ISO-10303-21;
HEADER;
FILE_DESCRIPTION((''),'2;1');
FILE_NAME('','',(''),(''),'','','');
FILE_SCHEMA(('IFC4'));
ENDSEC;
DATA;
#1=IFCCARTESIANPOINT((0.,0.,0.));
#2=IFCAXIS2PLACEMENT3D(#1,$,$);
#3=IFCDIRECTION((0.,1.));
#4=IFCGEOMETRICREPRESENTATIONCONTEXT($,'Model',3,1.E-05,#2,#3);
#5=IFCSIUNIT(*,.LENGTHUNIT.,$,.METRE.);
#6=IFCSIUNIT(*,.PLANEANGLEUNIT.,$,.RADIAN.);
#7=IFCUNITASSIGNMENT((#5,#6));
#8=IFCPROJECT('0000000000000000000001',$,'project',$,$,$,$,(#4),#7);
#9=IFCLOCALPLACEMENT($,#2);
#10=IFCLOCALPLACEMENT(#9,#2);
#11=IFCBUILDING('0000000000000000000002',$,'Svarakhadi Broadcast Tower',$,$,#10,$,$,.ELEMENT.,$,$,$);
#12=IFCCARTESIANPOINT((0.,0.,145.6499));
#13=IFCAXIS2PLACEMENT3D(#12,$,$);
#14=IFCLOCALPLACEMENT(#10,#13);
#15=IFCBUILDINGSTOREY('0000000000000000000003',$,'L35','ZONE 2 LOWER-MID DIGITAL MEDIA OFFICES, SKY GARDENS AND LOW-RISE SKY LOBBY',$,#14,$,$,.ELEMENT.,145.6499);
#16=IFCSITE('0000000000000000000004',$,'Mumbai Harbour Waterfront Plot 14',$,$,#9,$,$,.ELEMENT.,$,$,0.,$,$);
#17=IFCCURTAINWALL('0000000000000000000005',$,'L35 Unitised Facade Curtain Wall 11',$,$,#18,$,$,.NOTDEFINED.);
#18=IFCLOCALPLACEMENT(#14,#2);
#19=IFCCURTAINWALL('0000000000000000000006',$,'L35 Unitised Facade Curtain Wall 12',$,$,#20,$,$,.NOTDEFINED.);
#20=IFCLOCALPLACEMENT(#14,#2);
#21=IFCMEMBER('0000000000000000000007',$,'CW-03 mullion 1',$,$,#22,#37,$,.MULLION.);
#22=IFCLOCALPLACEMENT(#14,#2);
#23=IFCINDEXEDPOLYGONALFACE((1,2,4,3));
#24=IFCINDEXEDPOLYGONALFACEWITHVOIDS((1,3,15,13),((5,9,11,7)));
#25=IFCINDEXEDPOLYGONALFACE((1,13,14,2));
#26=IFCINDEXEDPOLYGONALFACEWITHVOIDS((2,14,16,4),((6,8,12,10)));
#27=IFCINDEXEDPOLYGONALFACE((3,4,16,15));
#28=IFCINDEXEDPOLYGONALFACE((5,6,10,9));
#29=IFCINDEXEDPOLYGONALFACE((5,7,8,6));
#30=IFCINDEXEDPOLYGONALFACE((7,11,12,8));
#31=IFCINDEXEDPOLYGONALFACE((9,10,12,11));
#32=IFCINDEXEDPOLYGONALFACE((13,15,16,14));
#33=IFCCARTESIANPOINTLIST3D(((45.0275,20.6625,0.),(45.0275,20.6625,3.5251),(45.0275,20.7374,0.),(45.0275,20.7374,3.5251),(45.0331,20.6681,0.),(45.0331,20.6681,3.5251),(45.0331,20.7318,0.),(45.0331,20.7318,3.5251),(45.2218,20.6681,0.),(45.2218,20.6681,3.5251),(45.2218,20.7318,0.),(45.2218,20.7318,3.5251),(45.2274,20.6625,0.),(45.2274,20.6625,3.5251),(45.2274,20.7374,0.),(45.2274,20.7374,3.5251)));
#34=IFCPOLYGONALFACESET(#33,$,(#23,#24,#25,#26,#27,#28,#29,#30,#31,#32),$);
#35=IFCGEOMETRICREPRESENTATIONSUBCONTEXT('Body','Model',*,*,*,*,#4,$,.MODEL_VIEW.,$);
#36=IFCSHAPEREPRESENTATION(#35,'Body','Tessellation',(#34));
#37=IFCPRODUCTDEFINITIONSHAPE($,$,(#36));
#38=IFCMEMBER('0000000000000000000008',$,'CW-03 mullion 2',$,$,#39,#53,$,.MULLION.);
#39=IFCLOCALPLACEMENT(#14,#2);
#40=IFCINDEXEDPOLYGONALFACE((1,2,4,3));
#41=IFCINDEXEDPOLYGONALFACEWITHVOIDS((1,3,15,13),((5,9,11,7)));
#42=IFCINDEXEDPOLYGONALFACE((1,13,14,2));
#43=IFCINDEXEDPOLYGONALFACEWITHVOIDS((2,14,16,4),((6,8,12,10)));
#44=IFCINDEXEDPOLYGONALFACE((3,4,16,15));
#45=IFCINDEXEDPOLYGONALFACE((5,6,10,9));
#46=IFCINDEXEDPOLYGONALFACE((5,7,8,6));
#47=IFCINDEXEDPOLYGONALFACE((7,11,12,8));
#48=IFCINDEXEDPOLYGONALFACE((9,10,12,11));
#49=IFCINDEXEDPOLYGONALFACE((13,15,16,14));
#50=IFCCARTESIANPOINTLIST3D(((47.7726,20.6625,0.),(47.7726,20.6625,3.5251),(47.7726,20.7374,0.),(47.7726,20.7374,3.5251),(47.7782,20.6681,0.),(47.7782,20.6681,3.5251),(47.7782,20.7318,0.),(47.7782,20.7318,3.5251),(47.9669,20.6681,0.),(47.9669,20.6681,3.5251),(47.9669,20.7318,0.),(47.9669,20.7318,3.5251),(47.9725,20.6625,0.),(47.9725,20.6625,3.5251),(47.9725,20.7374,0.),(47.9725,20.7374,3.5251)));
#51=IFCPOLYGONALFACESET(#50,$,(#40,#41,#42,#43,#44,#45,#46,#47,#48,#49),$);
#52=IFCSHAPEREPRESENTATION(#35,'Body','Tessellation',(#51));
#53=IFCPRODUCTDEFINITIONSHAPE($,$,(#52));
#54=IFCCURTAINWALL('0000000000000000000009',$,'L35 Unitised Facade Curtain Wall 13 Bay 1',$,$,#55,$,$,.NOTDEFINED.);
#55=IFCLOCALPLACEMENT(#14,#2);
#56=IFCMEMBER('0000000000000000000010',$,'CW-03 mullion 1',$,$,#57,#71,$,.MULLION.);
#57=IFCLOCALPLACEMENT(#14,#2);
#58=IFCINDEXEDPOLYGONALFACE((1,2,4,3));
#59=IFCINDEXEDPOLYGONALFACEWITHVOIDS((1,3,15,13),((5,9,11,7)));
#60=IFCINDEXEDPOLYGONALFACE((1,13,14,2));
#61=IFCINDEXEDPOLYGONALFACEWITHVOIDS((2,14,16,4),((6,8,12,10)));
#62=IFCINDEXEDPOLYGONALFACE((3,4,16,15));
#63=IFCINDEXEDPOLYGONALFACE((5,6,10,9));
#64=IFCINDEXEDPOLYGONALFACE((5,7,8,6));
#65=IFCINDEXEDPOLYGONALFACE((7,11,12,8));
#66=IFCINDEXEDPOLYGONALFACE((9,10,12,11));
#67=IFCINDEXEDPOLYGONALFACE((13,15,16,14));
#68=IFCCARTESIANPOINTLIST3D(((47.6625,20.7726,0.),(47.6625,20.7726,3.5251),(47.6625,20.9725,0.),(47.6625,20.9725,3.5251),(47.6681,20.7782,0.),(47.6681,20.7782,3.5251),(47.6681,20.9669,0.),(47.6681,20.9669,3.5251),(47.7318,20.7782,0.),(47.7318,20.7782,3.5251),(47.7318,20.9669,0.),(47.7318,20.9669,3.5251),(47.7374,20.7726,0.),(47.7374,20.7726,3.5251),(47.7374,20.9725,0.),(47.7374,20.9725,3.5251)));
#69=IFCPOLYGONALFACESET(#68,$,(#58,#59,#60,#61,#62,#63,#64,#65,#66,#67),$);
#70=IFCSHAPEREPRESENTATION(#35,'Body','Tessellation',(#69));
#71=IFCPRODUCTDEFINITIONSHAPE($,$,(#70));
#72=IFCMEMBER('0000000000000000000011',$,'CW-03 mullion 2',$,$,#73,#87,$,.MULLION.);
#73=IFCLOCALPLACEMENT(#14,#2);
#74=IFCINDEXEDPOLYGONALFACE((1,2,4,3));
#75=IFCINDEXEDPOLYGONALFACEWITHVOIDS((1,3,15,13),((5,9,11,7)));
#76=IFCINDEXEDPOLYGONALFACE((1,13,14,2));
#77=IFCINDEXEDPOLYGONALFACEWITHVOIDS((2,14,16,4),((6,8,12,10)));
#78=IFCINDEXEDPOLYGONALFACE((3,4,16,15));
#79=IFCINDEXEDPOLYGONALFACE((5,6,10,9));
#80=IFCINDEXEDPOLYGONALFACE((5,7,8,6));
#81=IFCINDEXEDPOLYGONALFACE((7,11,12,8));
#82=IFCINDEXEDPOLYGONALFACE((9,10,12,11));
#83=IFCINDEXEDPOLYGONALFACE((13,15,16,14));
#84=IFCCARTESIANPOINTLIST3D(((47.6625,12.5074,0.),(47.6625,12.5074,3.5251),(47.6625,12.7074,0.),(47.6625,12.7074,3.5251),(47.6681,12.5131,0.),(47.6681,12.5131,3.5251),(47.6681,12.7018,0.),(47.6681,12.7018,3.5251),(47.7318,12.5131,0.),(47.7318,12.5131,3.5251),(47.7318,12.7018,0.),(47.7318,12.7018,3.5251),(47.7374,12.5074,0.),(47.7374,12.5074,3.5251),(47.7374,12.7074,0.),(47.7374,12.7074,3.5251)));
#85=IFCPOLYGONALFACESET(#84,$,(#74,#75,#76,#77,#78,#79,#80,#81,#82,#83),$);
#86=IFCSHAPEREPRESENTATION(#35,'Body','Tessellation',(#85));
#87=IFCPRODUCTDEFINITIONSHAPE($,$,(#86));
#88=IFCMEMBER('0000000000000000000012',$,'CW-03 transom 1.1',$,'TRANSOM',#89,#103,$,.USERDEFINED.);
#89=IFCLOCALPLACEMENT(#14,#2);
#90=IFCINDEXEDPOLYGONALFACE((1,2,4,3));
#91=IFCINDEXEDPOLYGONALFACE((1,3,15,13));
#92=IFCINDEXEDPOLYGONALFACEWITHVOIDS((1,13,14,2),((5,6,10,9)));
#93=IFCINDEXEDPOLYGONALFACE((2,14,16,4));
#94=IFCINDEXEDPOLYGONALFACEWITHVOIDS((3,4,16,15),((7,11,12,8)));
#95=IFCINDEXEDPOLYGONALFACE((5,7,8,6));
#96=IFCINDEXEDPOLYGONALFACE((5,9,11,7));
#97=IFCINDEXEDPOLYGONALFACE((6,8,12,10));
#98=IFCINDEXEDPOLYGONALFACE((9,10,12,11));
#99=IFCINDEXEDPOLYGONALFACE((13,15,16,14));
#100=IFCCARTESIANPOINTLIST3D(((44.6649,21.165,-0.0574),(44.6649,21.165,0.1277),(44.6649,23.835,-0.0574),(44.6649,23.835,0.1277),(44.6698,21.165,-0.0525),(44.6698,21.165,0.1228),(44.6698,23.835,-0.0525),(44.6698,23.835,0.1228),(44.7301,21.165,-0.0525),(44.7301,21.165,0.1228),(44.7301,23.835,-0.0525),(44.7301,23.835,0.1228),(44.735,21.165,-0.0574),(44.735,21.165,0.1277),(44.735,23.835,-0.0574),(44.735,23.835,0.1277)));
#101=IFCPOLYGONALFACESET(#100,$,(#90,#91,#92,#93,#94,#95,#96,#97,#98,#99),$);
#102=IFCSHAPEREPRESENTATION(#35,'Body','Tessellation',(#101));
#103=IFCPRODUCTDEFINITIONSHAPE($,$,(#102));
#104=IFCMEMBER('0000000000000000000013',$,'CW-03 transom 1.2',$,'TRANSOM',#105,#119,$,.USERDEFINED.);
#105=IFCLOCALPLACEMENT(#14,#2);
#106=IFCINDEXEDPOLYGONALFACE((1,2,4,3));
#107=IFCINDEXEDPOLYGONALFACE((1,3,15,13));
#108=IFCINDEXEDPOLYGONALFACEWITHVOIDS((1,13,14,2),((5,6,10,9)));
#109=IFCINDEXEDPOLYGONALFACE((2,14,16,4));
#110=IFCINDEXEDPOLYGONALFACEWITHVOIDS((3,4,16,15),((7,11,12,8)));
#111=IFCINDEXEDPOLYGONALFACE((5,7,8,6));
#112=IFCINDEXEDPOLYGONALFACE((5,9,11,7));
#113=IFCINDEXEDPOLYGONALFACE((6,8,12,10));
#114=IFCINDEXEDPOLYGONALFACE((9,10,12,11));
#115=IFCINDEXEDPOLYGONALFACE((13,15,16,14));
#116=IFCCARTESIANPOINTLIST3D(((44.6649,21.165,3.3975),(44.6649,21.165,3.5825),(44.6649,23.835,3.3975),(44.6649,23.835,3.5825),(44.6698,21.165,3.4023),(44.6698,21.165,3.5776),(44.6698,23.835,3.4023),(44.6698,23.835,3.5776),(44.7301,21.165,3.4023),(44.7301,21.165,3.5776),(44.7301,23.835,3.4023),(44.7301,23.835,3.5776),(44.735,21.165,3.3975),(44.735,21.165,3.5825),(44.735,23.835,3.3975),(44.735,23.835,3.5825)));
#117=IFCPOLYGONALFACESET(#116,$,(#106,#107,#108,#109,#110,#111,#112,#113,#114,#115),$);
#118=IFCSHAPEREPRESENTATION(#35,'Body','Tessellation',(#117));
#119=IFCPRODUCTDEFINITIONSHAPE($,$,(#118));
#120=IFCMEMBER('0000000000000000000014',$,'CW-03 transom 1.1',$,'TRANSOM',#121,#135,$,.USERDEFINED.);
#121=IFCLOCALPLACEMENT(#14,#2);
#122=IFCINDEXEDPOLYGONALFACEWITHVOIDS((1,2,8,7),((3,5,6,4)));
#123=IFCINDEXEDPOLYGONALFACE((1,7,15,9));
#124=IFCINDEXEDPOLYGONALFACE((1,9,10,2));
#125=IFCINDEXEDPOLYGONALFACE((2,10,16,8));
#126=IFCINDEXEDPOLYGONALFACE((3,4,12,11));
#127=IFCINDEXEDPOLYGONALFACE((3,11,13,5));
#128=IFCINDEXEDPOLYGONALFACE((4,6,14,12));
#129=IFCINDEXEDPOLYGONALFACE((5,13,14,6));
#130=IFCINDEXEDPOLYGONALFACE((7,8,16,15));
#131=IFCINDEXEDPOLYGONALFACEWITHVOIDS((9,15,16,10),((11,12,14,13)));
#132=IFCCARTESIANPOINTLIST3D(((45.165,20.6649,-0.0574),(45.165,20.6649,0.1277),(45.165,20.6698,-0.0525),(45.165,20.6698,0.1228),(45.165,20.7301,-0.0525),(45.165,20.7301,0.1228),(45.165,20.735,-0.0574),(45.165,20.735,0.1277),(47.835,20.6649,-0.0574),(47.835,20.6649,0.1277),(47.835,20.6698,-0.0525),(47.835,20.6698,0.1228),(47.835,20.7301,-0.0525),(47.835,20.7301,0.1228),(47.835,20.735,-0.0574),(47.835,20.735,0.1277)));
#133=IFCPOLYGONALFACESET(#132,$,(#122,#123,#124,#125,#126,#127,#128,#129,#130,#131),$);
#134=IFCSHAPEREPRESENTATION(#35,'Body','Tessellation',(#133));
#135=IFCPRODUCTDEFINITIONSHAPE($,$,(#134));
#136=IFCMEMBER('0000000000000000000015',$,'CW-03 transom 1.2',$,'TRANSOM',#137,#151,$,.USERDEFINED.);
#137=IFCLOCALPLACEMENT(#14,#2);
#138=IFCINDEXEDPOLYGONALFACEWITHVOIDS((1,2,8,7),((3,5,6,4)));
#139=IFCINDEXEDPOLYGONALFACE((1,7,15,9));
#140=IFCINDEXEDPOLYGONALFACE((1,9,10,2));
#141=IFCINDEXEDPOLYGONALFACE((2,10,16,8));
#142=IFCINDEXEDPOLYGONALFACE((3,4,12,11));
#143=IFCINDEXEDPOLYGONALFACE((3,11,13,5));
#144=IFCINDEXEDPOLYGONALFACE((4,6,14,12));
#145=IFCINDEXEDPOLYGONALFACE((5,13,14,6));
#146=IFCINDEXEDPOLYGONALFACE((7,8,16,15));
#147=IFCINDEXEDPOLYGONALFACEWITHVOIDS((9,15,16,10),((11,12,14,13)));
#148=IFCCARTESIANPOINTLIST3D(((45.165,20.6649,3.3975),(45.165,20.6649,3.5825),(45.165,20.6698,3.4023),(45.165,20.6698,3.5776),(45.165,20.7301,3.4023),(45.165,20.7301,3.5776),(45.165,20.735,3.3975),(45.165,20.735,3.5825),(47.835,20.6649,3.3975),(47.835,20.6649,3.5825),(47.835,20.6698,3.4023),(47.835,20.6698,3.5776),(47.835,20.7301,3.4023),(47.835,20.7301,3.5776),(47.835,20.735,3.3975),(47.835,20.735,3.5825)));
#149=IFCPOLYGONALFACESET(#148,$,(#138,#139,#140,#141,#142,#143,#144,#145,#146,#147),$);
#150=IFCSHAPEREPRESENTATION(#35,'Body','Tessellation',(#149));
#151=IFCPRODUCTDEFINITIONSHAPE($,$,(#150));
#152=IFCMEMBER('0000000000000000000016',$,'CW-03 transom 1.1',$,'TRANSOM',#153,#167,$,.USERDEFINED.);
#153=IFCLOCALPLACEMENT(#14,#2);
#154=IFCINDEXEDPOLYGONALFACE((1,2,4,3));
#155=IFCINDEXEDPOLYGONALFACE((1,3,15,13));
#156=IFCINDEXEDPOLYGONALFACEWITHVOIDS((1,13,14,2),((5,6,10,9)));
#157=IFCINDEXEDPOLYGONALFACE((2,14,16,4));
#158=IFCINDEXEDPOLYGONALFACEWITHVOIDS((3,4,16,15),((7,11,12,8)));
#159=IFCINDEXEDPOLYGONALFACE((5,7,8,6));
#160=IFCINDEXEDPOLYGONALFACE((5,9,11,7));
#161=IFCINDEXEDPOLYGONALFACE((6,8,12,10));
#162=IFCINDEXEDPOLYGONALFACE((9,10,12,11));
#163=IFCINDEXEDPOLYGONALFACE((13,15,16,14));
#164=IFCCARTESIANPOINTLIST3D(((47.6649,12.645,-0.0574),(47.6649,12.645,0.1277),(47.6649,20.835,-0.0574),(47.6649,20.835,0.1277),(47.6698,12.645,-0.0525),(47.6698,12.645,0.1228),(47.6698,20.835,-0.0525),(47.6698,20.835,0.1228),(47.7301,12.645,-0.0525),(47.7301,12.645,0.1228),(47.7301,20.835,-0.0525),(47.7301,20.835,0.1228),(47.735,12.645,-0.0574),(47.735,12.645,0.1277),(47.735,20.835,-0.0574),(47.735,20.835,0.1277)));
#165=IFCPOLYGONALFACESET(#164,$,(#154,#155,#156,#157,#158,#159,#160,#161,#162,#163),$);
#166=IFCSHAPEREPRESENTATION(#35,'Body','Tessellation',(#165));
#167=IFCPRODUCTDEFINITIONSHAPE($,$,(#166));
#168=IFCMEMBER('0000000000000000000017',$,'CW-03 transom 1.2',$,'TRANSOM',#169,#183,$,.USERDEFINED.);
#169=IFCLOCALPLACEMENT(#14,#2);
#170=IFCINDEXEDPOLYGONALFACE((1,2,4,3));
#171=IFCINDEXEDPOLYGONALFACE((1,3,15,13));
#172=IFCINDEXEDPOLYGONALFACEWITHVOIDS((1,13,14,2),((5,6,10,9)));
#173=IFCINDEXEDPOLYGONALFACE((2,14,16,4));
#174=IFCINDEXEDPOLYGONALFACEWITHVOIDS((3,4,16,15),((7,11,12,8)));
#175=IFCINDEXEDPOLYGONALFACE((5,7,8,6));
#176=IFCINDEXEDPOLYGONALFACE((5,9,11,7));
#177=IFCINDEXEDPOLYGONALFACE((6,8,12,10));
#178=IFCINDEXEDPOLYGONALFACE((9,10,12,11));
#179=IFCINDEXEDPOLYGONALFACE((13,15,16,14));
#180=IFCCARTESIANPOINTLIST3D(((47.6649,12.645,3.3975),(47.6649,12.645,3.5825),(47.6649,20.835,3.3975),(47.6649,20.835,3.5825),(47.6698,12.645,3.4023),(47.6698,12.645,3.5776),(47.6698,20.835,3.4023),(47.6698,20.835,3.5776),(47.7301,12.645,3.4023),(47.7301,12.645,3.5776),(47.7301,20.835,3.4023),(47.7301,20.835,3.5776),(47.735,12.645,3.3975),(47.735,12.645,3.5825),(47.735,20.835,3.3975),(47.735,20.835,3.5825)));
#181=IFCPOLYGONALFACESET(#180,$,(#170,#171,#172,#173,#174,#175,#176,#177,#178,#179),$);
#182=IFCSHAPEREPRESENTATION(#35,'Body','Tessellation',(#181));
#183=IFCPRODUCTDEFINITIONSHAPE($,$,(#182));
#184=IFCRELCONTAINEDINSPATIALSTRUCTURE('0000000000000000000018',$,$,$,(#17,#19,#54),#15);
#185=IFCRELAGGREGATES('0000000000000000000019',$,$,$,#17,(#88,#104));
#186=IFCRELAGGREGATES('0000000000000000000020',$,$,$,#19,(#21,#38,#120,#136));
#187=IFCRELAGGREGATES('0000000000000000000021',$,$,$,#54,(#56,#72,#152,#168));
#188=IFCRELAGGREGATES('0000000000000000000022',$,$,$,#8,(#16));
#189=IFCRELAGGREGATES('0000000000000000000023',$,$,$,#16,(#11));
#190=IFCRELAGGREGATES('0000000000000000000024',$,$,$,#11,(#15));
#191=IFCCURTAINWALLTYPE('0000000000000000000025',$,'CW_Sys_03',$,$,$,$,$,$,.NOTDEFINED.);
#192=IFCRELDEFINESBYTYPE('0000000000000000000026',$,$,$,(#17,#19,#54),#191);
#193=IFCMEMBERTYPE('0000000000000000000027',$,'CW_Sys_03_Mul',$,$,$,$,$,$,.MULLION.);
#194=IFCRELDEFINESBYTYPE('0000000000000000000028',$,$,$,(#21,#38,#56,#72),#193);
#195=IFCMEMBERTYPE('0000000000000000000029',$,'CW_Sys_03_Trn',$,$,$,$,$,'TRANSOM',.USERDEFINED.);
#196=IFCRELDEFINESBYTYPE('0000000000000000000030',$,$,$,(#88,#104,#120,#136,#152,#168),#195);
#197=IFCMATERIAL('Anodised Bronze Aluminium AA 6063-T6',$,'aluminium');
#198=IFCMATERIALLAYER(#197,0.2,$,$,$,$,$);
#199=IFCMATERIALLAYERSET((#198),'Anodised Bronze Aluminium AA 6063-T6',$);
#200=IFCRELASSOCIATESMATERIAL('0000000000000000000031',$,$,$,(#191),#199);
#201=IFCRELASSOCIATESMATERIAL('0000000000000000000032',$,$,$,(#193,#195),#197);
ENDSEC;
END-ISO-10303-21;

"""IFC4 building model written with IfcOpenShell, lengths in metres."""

from ifc_helpers import new_model, si_unit, direction, frame, origin, origin_2d, place, context, subcontext, project, spatial, hollow_rectangle, extrude, material, layer, layer_set, material_profile, profile_set, type_object, element, aggregate, save


model = new_model("IFC4")

# Units and contexts
model_context = context("Model", 3, precision=1e-05, world=origin(), true_north=direction((0.0, 1.0)))
body_context = subcontext(model_context, "Body", "Model", "MODEL_VIEW")
ifc_project = project(units=[si_unit("LENGTHUNIT", "METRE"), si_unit("PLANEANGLEUNIT", "RADIAN")], contexts=[model_context])

# Site, building, storey
site_placement = place(None, origin())
site = spatial("IfcSite", under=ifc_project, at=site_placement, Name="Mumbai Harbour Waterfront Plot 14", CompositionType="ELEMENT", RefElevation=0.0)
building_placement = place(site_placement, origin())
building = spatial("IfcBuilding", under=site, at=building_placement, Name="Svarakhadi Broadcast Tower", CompositionType="ELEMENT")
storey_placement = place(building_placement, frame((0.0, 0.0, 145.6499)))
storey = spatial("IfcBuildingStorey", under=building, at=storey_placement, Name="L35", Description="ZONE 2 LOWER-MID DIGITAL MEDIA OFFICES, SKY GARDENS AND LOW-RISE SKY LOBBY", CompositionType="ELEMENT", Elevation=145.6499)

# Shared definitions
ifc_material_1 = material(Name="Anodised Bronze Aluminium AA 6063-T6", Category="aluminium")
ifc_layer_1 = layer(ifc_material_1, 0.2)
ifc_layer_set_1 = layer_set([ifc_layer_1], Name="Anodised Bronze Aluminium AA 6063-T6")
curtain_wall_type = type_object("IfcCurtainWallType", Name="CW_Sys_03", PredefinedType="NOTDEFINED", material=ifc_layer_set_1)
ifc_material_profile_1 = material_profile(ifc_material_1, hollow_rectangle(XDim=0.075, YDim=0.2, WallThickness=0.0056, at=origin_2d()), Name="ALU MULLION 200x75x6")
ifc_profile_set_1 = profile_set([ifc_material_profile_1], Name="Anodised Bronze Aluminium AA 6063-T6")
member_type_1 = type_object("IfcMemberType", Name="CW_Sys_03_Mul", PredefinedType="MULLION", material=ifc_profile_set_1)

# Curtain walls, members
curtain_wall_1_placement = place(storey_placement, origin())
curtain_wall_1 = element("IfcCurtainWall", 1, at=curtain_wall_1_placement, inside=storey, type_object=curtain_wall_type, Name="L35 Unitised Facade Curtain Wall 11", PredefinedType="NOTDEFINED")
curtain_wall_2_placement = place(storey_placement, origin())
curtain_wall_2 = element("IfcCurtainWall", 2, at=curtain_wall_2_placement, inside=storey, type_object=curtain_wall_type, Name="L35 Unitised Facade Curtain Wall 12", PredefinedType="NOTDEFINED")
member_1_placement = place(storey_placement, frame((45.1274, 20.7, 0.0), z_axis=(0.0, 0.0, 1.0), x_axis=(0.0, 1.0, 0.0)))
member_1 = element("IfcMember", 3, at=member_1_placement, type_object=member_type_1, Name="CW-03 mullion 1", PredefinedType="MULLION", context=body_context, shape_type="SweptSolid", body=[
    extrude(hollow_rectangle(XDim=0.075, YDim=0.2, WallThickness=0.0056, at=origin_2d()), origin(), (0.0, 0.0, 1.0), 3.5251),
])
member_2_placement = place(storey_placement, frame((47.8726, 20.7, 0.0), z_axis=(0.0, 0.0, 1.0), x_axis=(0.0, 1.0, 0.0)))
member_2 = element("IfcMember", 4, at=member_2_placement, type_object=member_type_1, Name="CW-03 mullion 2", PredefinedType="MULLION", context=body_context, shape_type="SweptSolid", body=[
    extrude(hollow_rectangle(XDim=0.075, YDim=0.2, WallThickness=0.0056, at=origin_2d()), origin(), (0.0, 0.0, 1.0), 3.5251),
])
curtain_wall_3_placement = place(storey_placement, origin())
curtain_wall_3 = element("IfcCurtainWall", 5, at=curtain_wall_3_placement, inside=storey, type_object=curtain_wall_type, Name="L35 Unitised Facade Curtain Wall 13 Bay 1", PredefinedType="NOTDEFINED")
member_3_placement = place(storey_placement, frame((47.7, 20.8726, 0.0), z_axis=(0.0, 0.0, 1.0), x_axis=(1.0, 0.0, 0.0)))
member_3 = element("IfcMember", 6, at=member_3_placement, type_object=member_type_1, Name="CW-03 mullion 1", PredefinedType="MULLION", context=body_context, shape_type="SweptSolid", body=[
    extrude(hollow_rectangle(XDim=0.075, YDim=0.2, WallThickness=0.0056, at=origin_2d()), origin(), (0.0, 0.0, 1.0), 3.5251),
])
member_4_placement = place(storey_placement, frame((47.7, 12.6074, 0.0), z_axis=(0.0, 0.0, 1.0), x_axis=(1.0, 0.0, 0.0)))
member_4 = element("IfcMember", 7, at=member_4_placement, type_object=member_type_1, Name="CW-03 mullion 2", PredefinedType="MULLION", context=body_context, shape_type="SweptSolid", body=[
    extrude(hollow_rectangle(XDim=0.075, YDim=0.2, WallThickness=0.0056, at=origin_2d()), origin(), (0.0, 0.0, 1.0), 3.5251),
])

# Members
ifc_material_profile_2 = material_profile(ifc_material_1, hollow_rectangle(XDim=0.0701, YDim=0.1851, WallThickness=0.0049, at=origin_2d()), Name="ALU TRANSOM 185x70x5")
ifc_profile_set_2 = profile_set([ifc_material_profile_2], Name="Anodised Bronze Aluminium AA 6063-T6")
member_type_2 = type_object("IfcMemberType", Name="CW_Sys_03_Trn", ElementType="TRANSOM", PredefinedType="USERDEFINED", material=ifc_profile_set_2)
member_5_placement = place(storey_placement, frame((44.7, 23.835, 0.0352), z_axis=(0.0, -1.0, 0.0), x_axis=(1.0, 0.0, 0.0)))
member_5 = element("IfcMember", 8, at=member_5_placement, type_object=member_type_2, Name="CW-03 transom 1.1", ObjectType="TRANSOM", PredefinedType="USERDEFINED", context=body_context, shape_type="SweptSolid", body=[
    extrude(hollow_rectangle(XDim=0.0701, YDim=0.1851, WallThickness=0.0049, at=origin_2d()), origin(), (0.0, 0.0, 1.0), 2.6699),
])
member_6_placement = place(storey_placement, frame((44.7, 23.835, 3.49), z_axis=(0.0, -1.0, 0.0), x_axis=(1.0, 0.0, 0.0)))
member_6 = element("IfcMember", 9, at=member_6_placement, type_object=member_type_2, Name="CW-03 transom 1.2", ObjectType="TRANSOM", PredefinedType="USERDEFINED", context=body_context, shape_type="SweptSolid", body=[
    extrude(hollow_rectangle(XDim=0.0701, YDim=0.1851, WallThickness=0.0049, at=origin_2d()), origin(), (0.0, 0.0, 1.0), 2.6699),
])
member_7_placement = place(storey_placement, frame((45.165, 20.7, 0.0352), z_axis=(1.0, 0.0, 0.0), x_axis=(0.0, 1.0, 0.0)))
member_7 = element("IfcMember", 10, at=member_7_placement, type_object=member_type_2, Name="CW-03 transom 1.1", ObjectType="TRANSOM", PredefinedType="USERDEFINED", context=body_context, shape_type="SweptSolid", body=[
    extrude(hollow_rectangle(XDim=0.0701, YDim=0.1851, WallThickness=0.0049, at=origin_2d()), origin(), (0.0, 0.0, 1.0), 2.6699),
])
member_8_placement = place(storey_placement, frame((45.165, 20.7, 3.49), z_axis=(1.0, 0.0, 0.0), x_axis=(0.0, 1.0, 0.0)))
member_8 = element("IfcMember", 11, at=member_8_placement, type_object=member_type_2, Name="CW-03 transom 1.2", ObjectType="TRANSOM", PredefinedType="USERDEFINED", context=body_context, shape_type="SweptSolid", body=[
    extrude(hollow_rectangle(XDim=0.0701, YDim=0.1851, WallThickness=0.0049, at=origin_2d()), origin(), (0.0, 0.0, 1.0), 2.6699),
])
member_9_placement = place(storey_placement, frame((47.7, 20.835, 0.0352), z_axis=(0.0, -1.0, 0.0), x_axis=(1.0, 0.0, 0.0)))
member_9 = element("IfcMember", 12, at=member_9_placement, type_object=member_type_2, Name="CW-03 transom 1.1", ObjectType="TRANSOM", PredefinedType="USERDEFINED", context=body_context, shape_type="SweptSolid", body=[
    extrude(hollow_rectangle(XDim=0.0701, YDim=0.1851, WallThickness=0.0049, at=origin_2d()), origin(), (0.0, 0.0, 1.0), 8.1899),
])
member_10_placement = place(storey_placement, frame((47.7, 20.835, 3.49), z_axis=(0.0, -1.0, 0.0), x_axis=(1.0, 0.0, 0.0)))
member_10 = element("IfcMember", 13, at=member_10_placement, type_object=member_type_2, Name="CW-03 transom 1.2", ObjectType="TRANSOM", PredefinedType="USERDEFINED", context=body_context, shape_type="SweptSolid", body=[
    extrude(hollow_rectangle(XDim=0.0701, YDim=0.1851, WallThickness=0.0049, at=origin_2d()), origin(), (0.0, 0.0, 1.0), 8.1899),
])

aggregate(curtain_wall_1, [member_5, member_6])
aggregate(curtain_wall_2, [member_1, member_2, member_7, member_8])
aggregate(curtain_wall_3, [member_3, member_4, member_9, member_10])

save(model, "model.ifc")
